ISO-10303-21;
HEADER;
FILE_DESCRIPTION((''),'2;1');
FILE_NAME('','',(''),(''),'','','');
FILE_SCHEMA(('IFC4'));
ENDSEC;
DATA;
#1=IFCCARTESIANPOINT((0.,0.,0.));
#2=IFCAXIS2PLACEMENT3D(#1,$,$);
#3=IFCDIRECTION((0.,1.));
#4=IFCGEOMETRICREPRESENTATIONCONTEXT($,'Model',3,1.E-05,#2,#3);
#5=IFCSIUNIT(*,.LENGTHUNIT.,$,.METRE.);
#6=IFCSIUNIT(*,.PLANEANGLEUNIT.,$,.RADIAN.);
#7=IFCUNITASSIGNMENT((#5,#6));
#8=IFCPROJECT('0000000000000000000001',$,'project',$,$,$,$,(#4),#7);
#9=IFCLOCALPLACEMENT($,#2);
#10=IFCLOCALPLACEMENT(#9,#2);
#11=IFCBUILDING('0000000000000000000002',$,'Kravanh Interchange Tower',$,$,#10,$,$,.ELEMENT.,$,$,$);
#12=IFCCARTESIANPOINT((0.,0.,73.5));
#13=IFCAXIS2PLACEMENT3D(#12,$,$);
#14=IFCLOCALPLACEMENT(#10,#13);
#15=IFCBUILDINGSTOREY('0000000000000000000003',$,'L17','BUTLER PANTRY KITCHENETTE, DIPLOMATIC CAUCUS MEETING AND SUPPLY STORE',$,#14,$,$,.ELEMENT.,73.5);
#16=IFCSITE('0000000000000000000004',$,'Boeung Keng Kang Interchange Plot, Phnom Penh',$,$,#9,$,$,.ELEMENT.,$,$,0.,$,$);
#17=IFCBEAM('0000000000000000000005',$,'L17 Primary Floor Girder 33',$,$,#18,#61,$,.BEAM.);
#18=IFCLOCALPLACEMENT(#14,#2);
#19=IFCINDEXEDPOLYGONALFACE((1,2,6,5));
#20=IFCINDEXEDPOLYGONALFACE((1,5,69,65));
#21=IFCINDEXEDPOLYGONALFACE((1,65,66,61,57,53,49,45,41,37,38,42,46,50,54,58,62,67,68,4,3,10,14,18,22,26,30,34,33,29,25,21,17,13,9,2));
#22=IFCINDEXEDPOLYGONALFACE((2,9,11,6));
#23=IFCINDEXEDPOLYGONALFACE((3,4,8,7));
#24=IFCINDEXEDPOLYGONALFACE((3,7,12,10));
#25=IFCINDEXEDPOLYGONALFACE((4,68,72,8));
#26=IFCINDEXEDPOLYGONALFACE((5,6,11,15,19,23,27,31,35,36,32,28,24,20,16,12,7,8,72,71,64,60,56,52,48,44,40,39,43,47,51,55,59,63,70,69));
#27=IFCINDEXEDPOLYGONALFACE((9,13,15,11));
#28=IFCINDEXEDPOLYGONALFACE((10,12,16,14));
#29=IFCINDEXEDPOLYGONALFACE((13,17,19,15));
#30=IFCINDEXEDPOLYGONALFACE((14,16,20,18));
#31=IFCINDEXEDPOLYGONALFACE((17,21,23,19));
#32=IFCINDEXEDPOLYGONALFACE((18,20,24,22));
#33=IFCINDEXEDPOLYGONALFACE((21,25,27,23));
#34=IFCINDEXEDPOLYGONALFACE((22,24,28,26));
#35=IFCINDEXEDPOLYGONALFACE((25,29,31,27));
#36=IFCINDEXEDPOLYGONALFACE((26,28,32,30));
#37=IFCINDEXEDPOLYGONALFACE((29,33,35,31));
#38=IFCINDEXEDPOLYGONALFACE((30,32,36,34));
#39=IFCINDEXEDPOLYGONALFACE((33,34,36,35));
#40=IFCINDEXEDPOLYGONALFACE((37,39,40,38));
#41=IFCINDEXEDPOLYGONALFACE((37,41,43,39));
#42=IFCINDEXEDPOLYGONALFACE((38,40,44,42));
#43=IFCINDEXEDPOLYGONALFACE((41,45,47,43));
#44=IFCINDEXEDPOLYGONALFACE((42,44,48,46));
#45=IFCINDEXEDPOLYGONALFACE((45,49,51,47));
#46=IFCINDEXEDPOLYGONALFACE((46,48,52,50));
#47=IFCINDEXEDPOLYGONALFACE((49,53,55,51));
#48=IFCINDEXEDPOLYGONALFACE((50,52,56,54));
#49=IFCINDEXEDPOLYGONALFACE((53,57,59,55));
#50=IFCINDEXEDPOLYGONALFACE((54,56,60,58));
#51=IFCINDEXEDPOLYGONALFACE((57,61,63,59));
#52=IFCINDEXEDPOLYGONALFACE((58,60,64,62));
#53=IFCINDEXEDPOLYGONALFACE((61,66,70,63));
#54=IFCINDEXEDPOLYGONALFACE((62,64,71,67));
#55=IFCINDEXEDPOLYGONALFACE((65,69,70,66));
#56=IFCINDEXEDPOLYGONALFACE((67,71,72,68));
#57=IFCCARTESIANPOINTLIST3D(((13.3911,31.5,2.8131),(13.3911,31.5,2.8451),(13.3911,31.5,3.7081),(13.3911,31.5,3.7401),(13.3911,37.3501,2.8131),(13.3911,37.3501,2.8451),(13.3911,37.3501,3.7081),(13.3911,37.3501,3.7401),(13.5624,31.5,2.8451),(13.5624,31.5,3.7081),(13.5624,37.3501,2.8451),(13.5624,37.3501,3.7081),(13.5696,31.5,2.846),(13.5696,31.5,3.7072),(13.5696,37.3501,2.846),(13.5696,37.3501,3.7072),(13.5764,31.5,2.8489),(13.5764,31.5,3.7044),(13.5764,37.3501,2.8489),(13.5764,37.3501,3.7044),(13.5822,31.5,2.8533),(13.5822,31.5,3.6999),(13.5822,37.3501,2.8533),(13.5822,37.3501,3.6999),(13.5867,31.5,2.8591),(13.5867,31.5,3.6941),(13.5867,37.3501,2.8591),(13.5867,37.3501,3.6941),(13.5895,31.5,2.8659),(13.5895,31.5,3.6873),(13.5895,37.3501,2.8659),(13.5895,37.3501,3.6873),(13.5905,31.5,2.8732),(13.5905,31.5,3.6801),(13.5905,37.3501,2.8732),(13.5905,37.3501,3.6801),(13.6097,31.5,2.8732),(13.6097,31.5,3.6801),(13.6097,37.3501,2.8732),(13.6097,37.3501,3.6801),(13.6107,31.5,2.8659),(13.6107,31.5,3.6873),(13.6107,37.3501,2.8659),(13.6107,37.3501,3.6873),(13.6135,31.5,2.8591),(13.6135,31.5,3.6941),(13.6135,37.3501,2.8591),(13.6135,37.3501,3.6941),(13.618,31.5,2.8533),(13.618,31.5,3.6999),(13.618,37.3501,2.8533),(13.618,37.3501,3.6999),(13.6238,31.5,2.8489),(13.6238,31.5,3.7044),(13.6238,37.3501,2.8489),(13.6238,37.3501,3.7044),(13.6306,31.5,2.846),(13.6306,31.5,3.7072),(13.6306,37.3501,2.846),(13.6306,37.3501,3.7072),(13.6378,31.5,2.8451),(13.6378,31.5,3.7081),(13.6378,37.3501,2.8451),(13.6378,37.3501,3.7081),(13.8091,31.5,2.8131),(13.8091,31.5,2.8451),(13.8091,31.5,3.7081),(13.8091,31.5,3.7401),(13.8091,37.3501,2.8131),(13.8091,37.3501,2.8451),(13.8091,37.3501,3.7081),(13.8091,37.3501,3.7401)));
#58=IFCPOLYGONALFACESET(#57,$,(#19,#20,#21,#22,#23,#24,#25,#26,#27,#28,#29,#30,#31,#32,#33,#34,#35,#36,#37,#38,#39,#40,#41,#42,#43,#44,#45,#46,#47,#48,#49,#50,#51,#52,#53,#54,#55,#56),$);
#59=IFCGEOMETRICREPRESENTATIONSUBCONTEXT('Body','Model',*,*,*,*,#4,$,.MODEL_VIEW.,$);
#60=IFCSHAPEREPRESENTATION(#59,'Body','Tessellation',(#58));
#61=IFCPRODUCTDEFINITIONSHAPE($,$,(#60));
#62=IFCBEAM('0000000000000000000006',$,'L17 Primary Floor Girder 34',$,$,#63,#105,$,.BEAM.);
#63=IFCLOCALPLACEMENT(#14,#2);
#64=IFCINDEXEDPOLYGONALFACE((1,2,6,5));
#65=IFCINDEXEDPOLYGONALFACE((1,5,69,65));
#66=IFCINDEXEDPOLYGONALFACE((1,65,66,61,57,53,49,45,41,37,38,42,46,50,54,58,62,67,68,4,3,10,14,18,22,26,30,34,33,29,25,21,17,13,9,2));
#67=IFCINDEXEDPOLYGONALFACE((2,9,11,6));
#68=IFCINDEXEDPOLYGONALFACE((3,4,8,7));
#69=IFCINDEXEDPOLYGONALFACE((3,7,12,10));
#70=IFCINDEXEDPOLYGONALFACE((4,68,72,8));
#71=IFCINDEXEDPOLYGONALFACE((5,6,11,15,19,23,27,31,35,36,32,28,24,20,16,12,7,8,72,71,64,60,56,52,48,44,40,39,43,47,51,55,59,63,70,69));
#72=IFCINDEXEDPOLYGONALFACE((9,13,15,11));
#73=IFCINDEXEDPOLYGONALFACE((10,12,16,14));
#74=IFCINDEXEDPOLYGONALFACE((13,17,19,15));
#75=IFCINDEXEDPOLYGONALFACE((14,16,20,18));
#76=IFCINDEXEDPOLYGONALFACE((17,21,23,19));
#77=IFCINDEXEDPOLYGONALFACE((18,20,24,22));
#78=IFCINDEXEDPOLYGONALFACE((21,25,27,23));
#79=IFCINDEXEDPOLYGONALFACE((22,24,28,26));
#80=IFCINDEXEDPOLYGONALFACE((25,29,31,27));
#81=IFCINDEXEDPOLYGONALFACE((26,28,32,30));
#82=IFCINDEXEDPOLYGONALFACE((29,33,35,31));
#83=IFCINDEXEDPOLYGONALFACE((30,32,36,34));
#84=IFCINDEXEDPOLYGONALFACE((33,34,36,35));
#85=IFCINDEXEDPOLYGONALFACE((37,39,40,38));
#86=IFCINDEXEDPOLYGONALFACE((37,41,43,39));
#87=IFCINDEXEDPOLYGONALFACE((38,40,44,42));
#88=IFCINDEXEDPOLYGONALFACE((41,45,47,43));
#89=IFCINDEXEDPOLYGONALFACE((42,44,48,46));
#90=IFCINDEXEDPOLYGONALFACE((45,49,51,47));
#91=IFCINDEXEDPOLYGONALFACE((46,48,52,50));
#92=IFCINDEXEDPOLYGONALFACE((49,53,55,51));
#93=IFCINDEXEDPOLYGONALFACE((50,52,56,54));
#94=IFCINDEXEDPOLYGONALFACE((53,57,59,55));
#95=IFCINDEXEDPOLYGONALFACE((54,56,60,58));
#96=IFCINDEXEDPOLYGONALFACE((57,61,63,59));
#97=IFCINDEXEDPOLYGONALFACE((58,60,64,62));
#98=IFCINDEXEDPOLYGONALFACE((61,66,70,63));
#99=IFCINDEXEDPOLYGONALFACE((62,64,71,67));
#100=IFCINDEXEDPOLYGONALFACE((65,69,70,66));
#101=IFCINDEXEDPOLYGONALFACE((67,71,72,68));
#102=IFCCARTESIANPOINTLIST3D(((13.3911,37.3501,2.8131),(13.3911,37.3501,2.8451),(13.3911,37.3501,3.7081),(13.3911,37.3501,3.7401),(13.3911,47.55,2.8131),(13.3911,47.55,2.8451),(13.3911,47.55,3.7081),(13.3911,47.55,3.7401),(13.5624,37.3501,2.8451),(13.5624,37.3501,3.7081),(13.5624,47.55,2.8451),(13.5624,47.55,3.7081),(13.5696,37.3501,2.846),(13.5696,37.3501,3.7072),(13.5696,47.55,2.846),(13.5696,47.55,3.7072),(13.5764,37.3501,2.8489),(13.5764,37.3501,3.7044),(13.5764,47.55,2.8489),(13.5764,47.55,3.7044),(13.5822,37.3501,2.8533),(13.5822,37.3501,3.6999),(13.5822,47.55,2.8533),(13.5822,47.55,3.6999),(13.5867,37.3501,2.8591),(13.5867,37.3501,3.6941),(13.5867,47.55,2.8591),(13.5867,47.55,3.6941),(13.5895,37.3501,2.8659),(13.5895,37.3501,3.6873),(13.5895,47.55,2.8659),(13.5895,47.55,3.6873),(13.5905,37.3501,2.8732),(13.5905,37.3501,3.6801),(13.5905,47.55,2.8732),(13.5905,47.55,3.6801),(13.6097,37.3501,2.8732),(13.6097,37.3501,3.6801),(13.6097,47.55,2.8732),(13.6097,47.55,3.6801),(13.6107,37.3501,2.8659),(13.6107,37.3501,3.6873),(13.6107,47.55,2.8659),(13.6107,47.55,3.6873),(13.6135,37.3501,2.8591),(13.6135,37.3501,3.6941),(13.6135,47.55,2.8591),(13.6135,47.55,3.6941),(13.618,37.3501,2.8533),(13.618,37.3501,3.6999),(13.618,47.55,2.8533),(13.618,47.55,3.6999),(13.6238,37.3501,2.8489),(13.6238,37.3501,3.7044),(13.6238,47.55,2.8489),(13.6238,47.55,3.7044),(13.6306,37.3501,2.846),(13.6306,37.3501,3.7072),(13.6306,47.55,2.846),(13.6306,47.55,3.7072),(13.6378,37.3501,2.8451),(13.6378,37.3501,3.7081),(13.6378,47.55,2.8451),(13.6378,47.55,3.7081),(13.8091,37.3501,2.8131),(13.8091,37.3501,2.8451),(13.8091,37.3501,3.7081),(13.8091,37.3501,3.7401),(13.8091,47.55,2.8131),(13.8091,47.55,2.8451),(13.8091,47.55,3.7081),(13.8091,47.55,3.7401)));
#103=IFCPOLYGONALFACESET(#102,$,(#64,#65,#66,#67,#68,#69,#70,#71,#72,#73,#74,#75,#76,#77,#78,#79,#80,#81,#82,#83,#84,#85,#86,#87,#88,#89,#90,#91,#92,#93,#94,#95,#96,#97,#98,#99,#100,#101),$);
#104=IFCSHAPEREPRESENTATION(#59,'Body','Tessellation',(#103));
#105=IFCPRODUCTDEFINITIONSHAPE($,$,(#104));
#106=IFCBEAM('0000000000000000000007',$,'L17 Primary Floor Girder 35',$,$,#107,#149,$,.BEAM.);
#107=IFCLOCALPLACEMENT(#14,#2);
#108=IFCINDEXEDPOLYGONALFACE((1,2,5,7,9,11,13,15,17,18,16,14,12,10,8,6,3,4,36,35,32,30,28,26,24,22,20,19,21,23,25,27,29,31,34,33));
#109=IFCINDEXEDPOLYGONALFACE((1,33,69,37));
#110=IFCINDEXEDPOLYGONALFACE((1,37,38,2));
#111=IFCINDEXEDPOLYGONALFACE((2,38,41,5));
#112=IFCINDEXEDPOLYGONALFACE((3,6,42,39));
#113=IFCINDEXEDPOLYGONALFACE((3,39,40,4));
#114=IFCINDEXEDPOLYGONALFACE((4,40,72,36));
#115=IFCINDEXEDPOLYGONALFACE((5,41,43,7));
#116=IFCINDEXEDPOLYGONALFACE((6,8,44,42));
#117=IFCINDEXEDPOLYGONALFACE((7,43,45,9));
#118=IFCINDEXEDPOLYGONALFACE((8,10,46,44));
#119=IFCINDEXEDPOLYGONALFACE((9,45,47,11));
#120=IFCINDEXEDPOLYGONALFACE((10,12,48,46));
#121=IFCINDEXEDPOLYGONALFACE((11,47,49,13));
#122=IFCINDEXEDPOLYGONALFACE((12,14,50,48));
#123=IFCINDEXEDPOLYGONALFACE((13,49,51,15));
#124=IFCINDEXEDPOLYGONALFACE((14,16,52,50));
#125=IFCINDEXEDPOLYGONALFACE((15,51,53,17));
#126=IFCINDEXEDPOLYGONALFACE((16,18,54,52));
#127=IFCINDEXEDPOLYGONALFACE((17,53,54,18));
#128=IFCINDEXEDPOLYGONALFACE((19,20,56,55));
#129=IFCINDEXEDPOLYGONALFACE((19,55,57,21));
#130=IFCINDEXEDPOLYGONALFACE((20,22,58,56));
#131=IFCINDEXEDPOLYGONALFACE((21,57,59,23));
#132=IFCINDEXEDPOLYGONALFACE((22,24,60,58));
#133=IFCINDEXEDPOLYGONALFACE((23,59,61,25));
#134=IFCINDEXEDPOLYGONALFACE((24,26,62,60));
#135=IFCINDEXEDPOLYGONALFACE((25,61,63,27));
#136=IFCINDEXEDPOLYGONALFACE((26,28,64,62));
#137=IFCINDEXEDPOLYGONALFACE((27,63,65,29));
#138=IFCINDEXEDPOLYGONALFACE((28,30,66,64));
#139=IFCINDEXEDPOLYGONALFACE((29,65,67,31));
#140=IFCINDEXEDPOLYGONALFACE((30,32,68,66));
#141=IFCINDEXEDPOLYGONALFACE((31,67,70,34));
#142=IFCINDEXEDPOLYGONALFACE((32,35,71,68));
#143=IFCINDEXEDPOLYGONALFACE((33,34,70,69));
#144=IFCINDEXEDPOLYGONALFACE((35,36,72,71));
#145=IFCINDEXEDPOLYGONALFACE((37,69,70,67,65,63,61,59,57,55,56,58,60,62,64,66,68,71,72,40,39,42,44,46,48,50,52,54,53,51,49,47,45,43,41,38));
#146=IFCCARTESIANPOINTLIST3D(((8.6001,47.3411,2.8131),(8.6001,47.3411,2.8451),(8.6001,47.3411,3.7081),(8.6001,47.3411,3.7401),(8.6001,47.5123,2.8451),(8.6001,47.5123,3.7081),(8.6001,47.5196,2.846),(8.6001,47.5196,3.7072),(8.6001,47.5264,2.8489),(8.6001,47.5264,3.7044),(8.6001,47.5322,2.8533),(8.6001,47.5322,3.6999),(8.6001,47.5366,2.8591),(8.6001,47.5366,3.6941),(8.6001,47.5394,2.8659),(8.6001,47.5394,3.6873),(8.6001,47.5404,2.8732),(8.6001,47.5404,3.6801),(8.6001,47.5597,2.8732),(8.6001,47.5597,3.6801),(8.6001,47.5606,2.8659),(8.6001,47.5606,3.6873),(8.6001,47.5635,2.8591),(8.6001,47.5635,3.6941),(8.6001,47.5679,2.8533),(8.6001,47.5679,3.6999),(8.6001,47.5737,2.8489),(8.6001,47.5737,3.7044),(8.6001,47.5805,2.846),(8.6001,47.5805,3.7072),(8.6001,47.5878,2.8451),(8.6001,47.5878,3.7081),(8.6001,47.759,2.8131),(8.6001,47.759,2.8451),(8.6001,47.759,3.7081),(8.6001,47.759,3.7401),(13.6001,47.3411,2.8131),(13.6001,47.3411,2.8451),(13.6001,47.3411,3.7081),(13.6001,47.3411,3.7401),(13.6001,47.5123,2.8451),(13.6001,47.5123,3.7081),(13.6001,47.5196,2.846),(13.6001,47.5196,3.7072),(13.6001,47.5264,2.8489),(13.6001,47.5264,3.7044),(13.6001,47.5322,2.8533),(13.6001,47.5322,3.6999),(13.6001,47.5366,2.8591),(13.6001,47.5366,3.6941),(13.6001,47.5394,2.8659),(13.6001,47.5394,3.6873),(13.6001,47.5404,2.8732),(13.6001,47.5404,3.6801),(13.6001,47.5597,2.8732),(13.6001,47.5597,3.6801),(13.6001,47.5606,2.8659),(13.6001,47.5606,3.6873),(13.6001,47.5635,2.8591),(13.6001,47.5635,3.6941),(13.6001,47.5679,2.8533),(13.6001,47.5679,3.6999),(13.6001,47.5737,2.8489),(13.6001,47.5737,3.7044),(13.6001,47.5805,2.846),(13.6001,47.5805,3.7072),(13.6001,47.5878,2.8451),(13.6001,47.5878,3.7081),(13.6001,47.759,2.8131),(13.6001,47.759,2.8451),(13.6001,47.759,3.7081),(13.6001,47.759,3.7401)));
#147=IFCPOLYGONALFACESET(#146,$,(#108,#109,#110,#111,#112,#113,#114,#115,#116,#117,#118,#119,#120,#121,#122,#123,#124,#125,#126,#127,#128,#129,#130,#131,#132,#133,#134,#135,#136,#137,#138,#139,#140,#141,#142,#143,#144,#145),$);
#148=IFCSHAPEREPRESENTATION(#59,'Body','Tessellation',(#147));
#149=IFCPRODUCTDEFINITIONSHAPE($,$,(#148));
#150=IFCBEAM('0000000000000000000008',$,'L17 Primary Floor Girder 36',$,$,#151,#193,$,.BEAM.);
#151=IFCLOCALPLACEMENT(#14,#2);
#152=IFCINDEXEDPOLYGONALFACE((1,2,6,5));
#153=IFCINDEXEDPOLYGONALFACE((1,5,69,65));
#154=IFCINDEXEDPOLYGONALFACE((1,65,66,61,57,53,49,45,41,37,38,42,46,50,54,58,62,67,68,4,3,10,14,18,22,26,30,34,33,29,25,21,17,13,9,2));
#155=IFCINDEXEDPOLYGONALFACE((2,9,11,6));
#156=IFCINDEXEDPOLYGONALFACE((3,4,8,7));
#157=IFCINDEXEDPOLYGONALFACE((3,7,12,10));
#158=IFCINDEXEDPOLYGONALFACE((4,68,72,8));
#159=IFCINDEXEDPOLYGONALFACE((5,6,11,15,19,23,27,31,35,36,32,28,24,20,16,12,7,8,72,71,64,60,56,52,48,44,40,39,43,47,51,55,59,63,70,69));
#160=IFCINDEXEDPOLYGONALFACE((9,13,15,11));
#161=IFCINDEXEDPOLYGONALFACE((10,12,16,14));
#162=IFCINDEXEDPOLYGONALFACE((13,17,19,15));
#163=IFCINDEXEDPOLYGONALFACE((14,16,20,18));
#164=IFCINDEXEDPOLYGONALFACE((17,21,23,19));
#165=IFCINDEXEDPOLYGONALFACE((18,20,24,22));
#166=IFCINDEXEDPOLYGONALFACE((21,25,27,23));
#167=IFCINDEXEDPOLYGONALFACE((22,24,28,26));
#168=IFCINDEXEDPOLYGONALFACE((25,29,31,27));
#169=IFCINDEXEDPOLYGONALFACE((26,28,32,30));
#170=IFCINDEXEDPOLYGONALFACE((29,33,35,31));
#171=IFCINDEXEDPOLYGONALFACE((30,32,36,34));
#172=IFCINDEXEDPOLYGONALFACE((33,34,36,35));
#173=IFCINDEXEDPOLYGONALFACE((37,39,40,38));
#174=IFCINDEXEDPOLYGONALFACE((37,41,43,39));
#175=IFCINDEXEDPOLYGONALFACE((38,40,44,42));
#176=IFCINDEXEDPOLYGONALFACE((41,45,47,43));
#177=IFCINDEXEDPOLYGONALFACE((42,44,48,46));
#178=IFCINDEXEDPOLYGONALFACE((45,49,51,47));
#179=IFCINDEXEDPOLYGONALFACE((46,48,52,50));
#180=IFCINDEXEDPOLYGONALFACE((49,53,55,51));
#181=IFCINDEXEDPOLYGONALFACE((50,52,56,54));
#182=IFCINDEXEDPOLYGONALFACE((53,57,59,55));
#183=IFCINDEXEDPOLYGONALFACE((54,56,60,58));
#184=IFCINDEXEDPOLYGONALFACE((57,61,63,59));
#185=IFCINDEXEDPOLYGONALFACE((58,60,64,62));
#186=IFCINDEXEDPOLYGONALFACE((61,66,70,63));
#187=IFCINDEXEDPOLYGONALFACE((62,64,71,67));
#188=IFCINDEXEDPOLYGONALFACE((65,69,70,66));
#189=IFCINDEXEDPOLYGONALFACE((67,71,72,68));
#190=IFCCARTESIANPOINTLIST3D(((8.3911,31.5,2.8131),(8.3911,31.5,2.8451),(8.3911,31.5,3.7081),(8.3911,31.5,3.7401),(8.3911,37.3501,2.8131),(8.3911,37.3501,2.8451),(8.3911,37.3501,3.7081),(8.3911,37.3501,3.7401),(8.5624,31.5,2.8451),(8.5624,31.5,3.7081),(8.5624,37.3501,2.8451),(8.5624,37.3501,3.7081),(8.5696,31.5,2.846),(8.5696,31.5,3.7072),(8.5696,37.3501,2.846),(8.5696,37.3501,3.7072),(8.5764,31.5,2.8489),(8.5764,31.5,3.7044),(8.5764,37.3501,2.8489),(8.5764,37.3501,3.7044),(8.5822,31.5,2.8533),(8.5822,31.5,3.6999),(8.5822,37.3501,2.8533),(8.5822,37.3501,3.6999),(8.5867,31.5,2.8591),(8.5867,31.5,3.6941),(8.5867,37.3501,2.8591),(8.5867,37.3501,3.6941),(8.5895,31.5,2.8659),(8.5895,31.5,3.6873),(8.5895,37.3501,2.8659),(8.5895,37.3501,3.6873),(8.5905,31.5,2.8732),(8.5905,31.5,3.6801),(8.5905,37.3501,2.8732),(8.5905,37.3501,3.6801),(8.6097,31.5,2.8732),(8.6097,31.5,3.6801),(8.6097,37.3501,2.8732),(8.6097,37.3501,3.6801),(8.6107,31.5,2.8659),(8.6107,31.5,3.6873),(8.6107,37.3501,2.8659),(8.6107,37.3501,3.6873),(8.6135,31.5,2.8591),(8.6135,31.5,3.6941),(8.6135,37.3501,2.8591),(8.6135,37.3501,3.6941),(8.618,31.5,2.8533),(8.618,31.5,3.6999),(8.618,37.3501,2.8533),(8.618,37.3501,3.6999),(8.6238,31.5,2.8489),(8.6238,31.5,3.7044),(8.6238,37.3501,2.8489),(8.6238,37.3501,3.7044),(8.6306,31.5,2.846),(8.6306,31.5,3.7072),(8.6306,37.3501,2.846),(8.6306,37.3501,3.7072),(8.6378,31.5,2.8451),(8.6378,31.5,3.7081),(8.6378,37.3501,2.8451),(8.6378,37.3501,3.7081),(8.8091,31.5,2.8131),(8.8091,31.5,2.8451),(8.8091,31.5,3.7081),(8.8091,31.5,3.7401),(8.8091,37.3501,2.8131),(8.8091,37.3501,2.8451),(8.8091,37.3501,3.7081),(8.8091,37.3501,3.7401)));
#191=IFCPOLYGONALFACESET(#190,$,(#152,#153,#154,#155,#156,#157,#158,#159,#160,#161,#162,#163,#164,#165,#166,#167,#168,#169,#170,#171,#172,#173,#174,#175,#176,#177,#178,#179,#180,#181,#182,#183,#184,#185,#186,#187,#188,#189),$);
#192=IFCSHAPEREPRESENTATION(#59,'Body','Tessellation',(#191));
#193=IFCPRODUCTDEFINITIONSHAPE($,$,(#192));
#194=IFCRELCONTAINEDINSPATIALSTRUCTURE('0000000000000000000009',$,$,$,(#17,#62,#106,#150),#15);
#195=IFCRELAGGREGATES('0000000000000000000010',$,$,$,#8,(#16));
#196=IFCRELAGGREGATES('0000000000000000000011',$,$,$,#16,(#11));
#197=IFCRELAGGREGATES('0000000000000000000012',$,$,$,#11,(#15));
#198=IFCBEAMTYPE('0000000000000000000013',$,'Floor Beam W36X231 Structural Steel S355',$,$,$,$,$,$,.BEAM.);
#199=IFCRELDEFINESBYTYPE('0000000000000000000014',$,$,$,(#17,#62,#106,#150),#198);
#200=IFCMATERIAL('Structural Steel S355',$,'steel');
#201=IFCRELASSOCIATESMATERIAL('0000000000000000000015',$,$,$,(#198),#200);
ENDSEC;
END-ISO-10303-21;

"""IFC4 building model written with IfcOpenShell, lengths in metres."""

from ifc_helpers import new_model, si_unit, direction, frame, origin, origin_2d, place, context, subcontext, project, spatial, i_section, extrude, material, material_profile, profile_set, type_object, element, save


model = new_model("IFC4")

# Units and contexts
model_context = context("Model", 3, precision=1e-05, world=origin(), true_north=direction((0.0, 1.0)))
body_context = subcontext(model_context, "Body", "Model", "MODEL_VIEW")
ifc_project = project(units=[si_unit("LENGTHUNIT", "METRE"), si_unit("PLANEANGLEUNIT", "RADIAN")], contexts=[model_context])

# Site, building, storey
site_placement = place(None, origin())
site = spatial("IfcSite", under=ifc_project, at=site_placement, Name="Boeung Keng Kang Interchange Plot, Phnom Penh", CompositionType="ELEMENT", RefElevation=0.0)
building_placement = place(site_placement, origin())
building = spatial("IfcBuilding", under=site, at=building_placement, Name="Kravanh Interchange Tower", CompositionType="ELEMENT")
storey_placement = place(building_placement, frame((0.0, 0.0, 73.5)))
storey = spatial("IfcBuildingStorey", under=building, at=storey_placement, Name="L17", Description="BUTLER PANTRY KITCHENETTE, DIPLOMATIC CAUCUS MEETING AND SUPPLY STORE", CompositionType="ELEMENT", Elevation=73.5)

# Beams
ifc_material_1 = material(Name="Structural Steel S355", Category="steel")
ifc_material_profile_1 = material_profile(ifc_material_1, i_section(OverallWidth=0.418, OverallDepth=0.927, WebThickness=0.0193, FlangeThickness=0.032, FilletRadius=0.0281, at=origin_2d()), Name="W36X231")
ifc_profile_set_1 = profile_set([ifc_material_profile_1], Name="Structural Steel S355")
beam_type = type_object("IfcBeamType", Name="Floor Beam W36X231 Structural Steel S355", PredefinedType="BEAM", material=ifc_profile_set_1)
beam_1_placement = place(storey_placement, frame((13.6001, 37.3501, 3.2766), z_axis=(0.0, -1.0, 0.0), x_axis=(1.0, 0.0, 0.0)))
element("IfcBeam", 1, at=beam_1_placement, inside=storey, type_object=beam_type, Name="L17 Primary Floor Girder 33", PredefinedType="BEAM", context=body_context, shape_type="SweptSolid", body=[
    extrude(i_section(OverallWidth=0.418, OverallDepth=0.927, WebThickness=0.0193, FlangeThickness=0.032, FilletRadius=0.0281, at=origin_2d()), origin(), (0.0, 0.0, 1.0), 5.8501),
])
beam_2_placement = place(storey_placement, frame((13.6001, 37.3501, 3.2766), z_axis=(0.0, 1.0, 0.0), x_axis=(-1.0, 0.0, 0.0)))
element("IfcBeam", 2, at=beam_2_placement, inside=storey, type_object=beam_type, Name="L17 Primary Floor Girder 34", PredefinedType="BEAM", context=body_context, shape_type="SweptSolid", body=[
    extrude(i_section(OverallWidth=0.418, OverallDepth=0.927, WebThickness=0.0193, FlangeThickness=0.032, FilletRadius=0.0281, at=origin_2d()), origin(), (0.0, 0.0, 1.0), 10.2),
])
beam_3_placement = place(storey_placement, frame((13.6001, 47.55, 3.2766), z_axis=(-1.0, 0.0, 0.0), x_axis=(0.0, -1.0, 0.0)))
element("IfcBeam", 3, at=beam_3_placement, inside=storey, type_object=beam_type, Name="L17 Primary Floor Girder 35", PredefinedType="BEAM", context=body_context, shape_type="SweptSolid", body=[
    extrude(i_section(OverallWidth=0.418, OverallDepth=0.927, WebThickness=0.0193, FlangeThickness=0.032, FilletRadius=0.0281, at=origin_2d()), origin(), (0.0, 0.0, 1.0), 5.0),
])
beam_4_placement = place(storey_placement, frame((8.6001, 37.3501, 3.2766), z_axis=(0.0, -1.0, 0.0), x_axis=(1.0, 0.0, 0.0)))
element("IfcBeam", 4, at=beam_4_placement, inside=storey, type_object=beam_type, Name="L17 Primary Floor Girder 36", PredefinedType="BEAM", context=body_context, shape_type="SweptSolid", body=[
    extrude(i_section(OverallWidth=0.418, OverallDepth=0.927, WebThickness=0.0193, FlangeThickness=0.032, FilletRadius=0.0281, at=origin_2d()), origin(), (0.0, 0.0, 1.0), 5.8501),
])

save(model, "model.ifc")
